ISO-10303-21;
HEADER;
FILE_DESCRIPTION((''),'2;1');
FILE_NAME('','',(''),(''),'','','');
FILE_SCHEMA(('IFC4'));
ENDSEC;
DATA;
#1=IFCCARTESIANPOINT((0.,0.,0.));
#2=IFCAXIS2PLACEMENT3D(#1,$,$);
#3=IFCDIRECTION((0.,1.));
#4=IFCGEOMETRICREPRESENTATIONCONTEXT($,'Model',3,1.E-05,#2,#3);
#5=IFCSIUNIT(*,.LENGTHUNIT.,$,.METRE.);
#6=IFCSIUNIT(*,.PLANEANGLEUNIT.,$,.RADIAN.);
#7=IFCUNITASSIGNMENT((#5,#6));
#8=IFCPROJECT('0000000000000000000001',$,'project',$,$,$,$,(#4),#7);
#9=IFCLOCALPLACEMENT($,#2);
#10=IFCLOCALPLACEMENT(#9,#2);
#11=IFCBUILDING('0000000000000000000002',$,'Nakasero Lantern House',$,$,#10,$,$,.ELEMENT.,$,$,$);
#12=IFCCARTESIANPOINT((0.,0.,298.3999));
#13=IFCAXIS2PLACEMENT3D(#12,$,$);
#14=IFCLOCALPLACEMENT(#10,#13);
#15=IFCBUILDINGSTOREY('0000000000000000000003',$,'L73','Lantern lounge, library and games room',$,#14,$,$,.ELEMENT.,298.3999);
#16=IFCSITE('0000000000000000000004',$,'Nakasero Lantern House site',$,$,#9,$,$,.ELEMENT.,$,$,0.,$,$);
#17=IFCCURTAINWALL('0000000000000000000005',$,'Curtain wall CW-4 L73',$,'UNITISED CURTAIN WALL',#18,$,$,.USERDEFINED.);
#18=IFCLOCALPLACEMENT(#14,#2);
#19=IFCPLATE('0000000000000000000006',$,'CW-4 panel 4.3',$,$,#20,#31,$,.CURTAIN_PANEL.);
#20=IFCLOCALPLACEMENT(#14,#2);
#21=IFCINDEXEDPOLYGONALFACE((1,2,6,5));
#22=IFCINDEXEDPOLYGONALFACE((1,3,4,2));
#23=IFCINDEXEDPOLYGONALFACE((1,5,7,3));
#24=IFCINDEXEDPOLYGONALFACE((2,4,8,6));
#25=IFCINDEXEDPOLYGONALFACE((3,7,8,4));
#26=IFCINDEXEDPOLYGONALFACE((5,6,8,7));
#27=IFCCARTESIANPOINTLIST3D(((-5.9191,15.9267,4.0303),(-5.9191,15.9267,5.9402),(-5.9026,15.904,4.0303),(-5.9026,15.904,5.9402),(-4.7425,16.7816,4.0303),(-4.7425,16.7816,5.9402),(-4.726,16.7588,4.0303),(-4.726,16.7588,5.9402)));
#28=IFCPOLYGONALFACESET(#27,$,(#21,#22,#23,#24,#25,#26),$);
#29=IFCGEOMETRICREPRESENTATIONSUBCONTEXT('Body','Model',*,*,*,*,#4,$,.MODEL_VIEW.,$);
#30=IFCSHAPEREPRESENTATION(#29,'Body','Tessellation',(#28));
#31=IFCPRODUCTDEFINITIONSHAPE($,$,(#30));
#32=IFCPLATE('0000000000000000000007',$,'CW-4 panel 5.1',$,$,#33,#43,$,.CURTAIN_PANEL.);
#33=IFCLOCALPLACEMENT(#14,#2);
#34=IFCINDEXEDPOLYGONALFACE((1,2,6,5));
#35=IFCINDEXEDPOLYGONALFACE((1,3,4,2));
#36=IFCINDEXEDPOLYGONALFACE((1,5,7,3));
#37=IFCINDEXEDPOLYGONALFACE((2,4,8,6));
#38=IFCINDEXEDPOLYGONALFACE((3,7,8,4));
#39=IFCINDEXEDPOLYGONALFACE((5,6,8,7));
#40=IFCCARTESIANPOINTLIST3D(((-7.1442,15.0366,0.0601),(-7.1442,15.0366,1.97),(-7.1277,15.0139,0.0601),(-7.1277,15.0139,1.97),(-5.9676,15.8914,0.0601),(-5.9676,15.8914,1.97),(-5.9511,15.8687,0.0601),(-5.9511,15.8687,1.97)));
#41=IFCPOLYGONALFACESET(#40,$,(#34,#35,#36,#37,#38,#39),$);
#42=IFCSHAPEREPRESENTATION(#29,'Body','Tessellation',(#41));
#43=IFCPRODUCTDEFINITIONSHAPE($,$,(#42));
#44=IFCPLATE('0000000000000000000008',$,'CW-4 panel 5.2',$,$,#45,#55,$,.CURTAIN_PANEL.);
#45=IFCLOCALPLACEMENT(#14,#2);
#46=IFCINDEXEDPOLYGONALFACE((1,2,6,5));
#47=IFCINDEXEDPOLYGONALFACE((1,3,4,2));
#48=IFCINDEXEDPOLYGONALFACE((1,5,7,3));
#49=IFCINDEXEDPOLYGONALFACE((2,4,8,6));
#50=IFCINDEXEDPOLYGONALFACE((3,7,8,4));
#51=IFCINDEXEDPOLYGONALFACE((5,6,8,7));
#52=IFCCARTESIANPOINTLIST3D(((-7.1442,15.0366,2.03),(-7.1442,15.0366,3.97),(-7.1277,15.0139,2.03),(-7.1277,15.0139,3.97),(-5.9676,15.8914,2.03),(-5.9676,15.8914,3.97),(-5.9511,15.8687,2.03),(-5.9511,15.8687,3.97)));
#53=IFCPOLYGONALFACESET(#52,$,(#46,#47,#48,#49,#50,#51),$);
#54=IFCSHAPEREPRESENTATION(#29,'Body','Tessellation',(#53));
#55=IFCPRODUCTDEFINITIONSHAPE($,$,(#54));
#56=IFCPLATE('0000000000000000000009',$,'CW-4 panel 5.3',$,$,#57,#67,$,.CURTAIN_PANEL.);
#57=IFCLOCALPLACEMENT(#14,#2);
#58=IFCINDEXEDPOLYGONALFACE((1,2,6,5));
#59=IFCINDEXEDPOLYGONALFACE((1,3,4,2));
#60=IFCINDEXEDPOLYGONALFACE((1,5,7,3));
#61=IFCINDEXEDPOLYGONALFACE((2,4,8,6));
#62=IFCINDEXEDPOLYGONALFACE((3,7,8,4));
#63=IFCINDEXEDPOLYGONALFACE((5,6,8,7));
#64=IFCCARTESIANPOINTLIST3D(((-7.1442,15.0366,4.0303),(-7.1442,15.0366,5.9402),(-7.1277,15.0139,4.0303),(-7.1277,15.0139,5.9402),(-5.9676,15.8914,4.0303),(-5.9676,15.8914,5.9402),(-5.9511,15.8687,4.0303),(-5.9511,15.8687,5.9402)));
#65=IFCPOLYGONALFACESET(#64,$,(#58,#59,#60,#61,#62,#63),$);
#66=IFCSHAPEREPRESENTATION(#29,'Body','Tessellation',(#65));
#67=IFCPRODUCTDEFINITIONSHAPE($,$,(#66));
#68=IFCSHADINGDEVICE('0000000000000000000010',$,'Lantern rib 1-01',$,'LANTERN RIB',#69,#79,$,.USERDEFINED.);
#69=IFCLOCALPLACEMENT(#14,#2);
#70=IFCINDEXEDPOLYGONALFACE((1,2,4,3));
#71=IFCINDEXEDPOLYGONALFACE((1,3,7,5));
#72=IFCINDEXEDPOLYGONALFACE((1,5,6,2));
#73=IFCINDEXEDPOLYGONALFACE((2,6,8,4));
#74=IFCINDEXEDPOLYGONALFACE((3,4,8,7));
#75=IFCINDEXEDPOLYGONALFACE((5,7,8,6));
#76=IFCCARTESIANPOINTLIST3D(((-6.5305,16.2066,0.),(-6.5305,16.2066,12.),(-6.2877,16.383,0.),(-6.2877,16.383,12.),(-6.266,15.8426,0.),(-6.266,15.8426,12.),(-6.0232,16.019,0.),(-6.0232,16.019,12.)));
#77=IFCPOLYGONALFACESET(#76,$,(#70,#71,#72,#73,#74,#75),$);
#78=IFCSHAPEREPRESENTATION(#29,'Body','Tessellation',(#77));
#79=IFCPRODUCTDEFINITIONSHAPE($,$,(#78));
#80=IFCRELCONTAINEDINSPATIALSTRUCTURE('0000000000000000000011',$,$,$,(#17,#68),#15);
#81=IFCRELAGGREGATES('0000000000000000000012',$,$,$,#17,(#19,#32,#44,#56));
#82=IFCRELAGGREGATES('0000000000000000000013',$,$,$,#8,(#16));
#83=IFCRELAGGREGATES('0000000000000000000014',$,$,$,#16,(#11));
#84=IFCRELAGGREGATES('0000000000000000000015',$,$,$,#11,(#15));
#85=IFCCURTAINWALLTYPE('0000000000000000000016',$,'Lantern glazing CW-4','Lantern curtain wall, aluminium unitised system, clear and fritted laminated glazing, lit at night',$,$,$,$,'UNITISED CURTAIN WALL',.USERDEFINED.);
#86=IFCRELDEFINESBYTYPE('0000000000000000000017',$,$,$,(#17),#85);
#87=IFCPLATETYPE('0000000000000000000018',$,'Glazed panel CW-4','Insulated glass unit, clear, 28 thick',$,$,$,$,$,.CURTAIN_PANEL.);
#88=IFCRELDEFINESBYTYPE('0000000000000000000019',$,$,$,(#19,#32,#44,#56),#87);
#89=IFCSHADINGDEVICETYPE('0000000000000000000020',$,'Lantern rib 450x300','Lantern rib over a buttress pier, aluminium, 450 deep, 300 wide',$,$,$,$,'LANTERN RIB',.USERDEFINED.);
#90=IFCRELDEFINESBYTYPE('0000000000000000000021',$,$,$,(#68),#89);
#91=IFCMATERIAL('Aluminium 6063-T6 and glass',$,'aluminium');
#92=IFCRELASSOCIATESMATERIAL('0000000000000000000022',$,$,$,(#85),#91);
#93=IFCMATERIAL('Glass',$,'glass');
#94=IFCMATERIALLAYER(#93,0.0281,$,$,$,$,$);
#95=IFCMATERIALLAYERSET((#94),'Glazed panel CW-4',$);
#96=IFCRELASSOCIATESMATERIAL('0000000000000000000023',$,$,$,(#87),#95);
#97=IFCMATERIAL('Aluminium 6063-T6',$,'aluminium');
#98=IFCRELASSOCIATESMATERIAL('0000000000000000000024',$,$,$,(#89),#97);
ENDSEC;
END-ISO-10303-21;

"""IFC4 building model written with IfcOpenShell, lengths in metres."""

from ifc_helpers import new_model, si_unit, direction, frame, origin, origin_2d, place, context, subcontext, project, spatial, rectangle, extrude, material, layer, layer_set, type_object, element, aggregate, save


model = new_model("IFC4")

# Units and contexts
model_context = context("Model", 3, precision=1e-05, world=origin(), true_north=direction((0.0, 1.0)))
body_context = subcontext(model_context, "Body", "Model", "MODEL_VIEW")
ifc_project = project(units=[si_unit("LENGTHUNIT", "METRE"), si_unit("PLANEANGLEUNIT", "RADIAN")], contexts=[model_context])

# Site, building, storey
site_placement = place(None, origin())
site = spatial("IfcSite", under=ifc_project, at=site_placement, Name="Nakasero Lantern House site", CompositionType="ELEMENT", RefElevation=0.0)
building_placement = place(site_placement, origin())
building = spatial("IfcBuilding", under=site, at=building_placement, Name="Nakasero Lantern House", CompositionType="ELEMENT")
storey_placement = place(building_placement, frame((0.0, 0.0, 298.3999)))
storey = spatial("IfcBuildingStorey", under=building, at=storey_placement, Name="L73", Description="Lantern lounge, library and games room", CompositionType="ELEMENT", Elevation=298.3999)

# Curtain wall
ifc_material_1 = material(Name="Aluminium 6063-T6 and glass", Category="aluminium")
curtain_wall_type = type_object("IfcCurtainWallType", Name="Lantern glazing CW-4", Description="Lantern curtain wall, aluminium unitised system, clear and fritted laminated glazing, lit at night", ElementType="UNITISED CURTAIN WALL", PredefinedType="USERDEFINED", material=ifc_material_1)
curtain_wall_placement = place(storey_placement, origin())
curtain_wall = element("IfcCurtainWall", 1, at=curtain_wall_placement, inside=storey, type_object=curtain_wall_type, Name="Curtain wall CW-4 L73", ObjectType="UNITISED CURTAIN WALL", PredefinedType="USERDEFINED")

# Plates
ifc_material_2 = material(Name="Glass", Category="glass")
ifc_layer = layer(ifc_material_2, 0.0281)
ifc_layer_set = layer_set([ifc_layer], Name="Glazed panel CW-4")
plate_type = type_object("IfcPlateType", Name="Glazed panel CW-4", Description="Insulated glass unit, clear, 28 thick", PredefinedType="CURTAIN_PANEL", material=ifc_layer_set)
plate_1_placement = place(storey_placement, frame((-5.3225, 16.3428, 4.0303), z_axis=(0.0, 0.0, 1.0), x_axis=(-0.809017, -0.587785, 0.0)))
plate_1 = element("IfcPlate", 2, at=plate_1_placement, type_object=plate_type, Name="CW-4 panel 4.3", PredefinedType="CURTAIN_PANEL", context=body_context, shape_type="SweptSolid", body=[
    extrude(rectangle(XDim=1.4543, YDim=0.0281, at=origin_2d()), origin(), (0.0, 0.0, 1.0), 1.9099),
])
plate_2_placement = place(storey_placement, frame((-6.5476, 15.4526, 0.0601), z_axis=(0.0, 0.0, 1.0), x_axis=(-0.809017, -0.587785, 0.0)))
plate_2 = element("IfcPlate", 3, at=plate_2_placement, type_object=plate_type, Name="CW-4 panel 5.1", PredefinedType="CURTAIN_PANEL", context=body_context, shape_type="SweptSolid", body=[
    extrude(rectangle(XDim=1.4543, YDim=0.0281, at=origin_2d()), origin(), (0.0, 0.0, 1.0), 1.9099),
])
plate_3_placement = place(storey_placement, frame((-6.5476, 15.4526, 2.03), z_axis=(0.0, 0.0, 1.0), x_axis=(-0.809017, -0.587785, 0.0)))
plate_3 = element("IfcPlate", 4, at=plate_3_placement, type_object=plate_type, Name="CW-4 panel 5.2", PredefinedType="CURTAIN_PANEL", context=body_context, shape_type="SweptSolid", body=[
    extrude(rectangle(XDim=1.4543, YDim=0.0281, at=origin_2d()), origin(), (0.0, 0.0, 1.0), 1.9399),
])
plate_4_placement = place(storey_placement, frame((-6.5476, 15.4526, 4.0303), z_axis=(0.0, 0.0, 1.0), x_axis=(-0.809017, -0.587785, 0.0)))
plate_4 = element("IfcPlate", 5, at=plate_4_placement, type_object=plate_type, Name="CW-4 panel 5.3", PredefinedType="CURTAIN_PANEL", context=body_context, shape_type="SweptSolid", body=[
    extrude(rectangle(XDim=1.4543, YDim=0.0281, at=origin_2d()), origin(), (0.0, 0.0, 1.0), 1.9099),
])
aggregate(curtain_wall, [plate_1, plate_2, plate_3, plate_4])

# Shading device
ifc_material_3 = material(Name="Aluminium 6063-T6", Category="aluminium")
shading_device_type = type_object("IfcShadingDeviceType", Name="Lantern rib 450x300", Description="Lantern rib over a buttress pier, aluminium, 450 deep, 300 wide", ElementType="LANTERN RIB", PredefinedType="USERDEFINED", material=ifc_material_3)
shading_device_placement = place(storey_placement, frame((-6.2769, 16.1128, 0.0), z_axis=(0.0, 0.0, 1.0), x_axis=(-0.587785, 0.809017, 0.0)))
element("IfcShadingDevice", 6, at=shading_device_placement, inside=storey, type_object=shading_device_type, Name="Lantern rib 1-01", ObjectType="LANTERN RIB", PredefinedType="USERDEFINED", context=body_context, shape_type="SweptSolid", body=[
    extrude(rectangle(XDim=0.45, YDim=0.3, at=origin_2d()), origin(), (0.0, 0.0, 1.0), 12.0),
])

save(model, "model.ifc")
